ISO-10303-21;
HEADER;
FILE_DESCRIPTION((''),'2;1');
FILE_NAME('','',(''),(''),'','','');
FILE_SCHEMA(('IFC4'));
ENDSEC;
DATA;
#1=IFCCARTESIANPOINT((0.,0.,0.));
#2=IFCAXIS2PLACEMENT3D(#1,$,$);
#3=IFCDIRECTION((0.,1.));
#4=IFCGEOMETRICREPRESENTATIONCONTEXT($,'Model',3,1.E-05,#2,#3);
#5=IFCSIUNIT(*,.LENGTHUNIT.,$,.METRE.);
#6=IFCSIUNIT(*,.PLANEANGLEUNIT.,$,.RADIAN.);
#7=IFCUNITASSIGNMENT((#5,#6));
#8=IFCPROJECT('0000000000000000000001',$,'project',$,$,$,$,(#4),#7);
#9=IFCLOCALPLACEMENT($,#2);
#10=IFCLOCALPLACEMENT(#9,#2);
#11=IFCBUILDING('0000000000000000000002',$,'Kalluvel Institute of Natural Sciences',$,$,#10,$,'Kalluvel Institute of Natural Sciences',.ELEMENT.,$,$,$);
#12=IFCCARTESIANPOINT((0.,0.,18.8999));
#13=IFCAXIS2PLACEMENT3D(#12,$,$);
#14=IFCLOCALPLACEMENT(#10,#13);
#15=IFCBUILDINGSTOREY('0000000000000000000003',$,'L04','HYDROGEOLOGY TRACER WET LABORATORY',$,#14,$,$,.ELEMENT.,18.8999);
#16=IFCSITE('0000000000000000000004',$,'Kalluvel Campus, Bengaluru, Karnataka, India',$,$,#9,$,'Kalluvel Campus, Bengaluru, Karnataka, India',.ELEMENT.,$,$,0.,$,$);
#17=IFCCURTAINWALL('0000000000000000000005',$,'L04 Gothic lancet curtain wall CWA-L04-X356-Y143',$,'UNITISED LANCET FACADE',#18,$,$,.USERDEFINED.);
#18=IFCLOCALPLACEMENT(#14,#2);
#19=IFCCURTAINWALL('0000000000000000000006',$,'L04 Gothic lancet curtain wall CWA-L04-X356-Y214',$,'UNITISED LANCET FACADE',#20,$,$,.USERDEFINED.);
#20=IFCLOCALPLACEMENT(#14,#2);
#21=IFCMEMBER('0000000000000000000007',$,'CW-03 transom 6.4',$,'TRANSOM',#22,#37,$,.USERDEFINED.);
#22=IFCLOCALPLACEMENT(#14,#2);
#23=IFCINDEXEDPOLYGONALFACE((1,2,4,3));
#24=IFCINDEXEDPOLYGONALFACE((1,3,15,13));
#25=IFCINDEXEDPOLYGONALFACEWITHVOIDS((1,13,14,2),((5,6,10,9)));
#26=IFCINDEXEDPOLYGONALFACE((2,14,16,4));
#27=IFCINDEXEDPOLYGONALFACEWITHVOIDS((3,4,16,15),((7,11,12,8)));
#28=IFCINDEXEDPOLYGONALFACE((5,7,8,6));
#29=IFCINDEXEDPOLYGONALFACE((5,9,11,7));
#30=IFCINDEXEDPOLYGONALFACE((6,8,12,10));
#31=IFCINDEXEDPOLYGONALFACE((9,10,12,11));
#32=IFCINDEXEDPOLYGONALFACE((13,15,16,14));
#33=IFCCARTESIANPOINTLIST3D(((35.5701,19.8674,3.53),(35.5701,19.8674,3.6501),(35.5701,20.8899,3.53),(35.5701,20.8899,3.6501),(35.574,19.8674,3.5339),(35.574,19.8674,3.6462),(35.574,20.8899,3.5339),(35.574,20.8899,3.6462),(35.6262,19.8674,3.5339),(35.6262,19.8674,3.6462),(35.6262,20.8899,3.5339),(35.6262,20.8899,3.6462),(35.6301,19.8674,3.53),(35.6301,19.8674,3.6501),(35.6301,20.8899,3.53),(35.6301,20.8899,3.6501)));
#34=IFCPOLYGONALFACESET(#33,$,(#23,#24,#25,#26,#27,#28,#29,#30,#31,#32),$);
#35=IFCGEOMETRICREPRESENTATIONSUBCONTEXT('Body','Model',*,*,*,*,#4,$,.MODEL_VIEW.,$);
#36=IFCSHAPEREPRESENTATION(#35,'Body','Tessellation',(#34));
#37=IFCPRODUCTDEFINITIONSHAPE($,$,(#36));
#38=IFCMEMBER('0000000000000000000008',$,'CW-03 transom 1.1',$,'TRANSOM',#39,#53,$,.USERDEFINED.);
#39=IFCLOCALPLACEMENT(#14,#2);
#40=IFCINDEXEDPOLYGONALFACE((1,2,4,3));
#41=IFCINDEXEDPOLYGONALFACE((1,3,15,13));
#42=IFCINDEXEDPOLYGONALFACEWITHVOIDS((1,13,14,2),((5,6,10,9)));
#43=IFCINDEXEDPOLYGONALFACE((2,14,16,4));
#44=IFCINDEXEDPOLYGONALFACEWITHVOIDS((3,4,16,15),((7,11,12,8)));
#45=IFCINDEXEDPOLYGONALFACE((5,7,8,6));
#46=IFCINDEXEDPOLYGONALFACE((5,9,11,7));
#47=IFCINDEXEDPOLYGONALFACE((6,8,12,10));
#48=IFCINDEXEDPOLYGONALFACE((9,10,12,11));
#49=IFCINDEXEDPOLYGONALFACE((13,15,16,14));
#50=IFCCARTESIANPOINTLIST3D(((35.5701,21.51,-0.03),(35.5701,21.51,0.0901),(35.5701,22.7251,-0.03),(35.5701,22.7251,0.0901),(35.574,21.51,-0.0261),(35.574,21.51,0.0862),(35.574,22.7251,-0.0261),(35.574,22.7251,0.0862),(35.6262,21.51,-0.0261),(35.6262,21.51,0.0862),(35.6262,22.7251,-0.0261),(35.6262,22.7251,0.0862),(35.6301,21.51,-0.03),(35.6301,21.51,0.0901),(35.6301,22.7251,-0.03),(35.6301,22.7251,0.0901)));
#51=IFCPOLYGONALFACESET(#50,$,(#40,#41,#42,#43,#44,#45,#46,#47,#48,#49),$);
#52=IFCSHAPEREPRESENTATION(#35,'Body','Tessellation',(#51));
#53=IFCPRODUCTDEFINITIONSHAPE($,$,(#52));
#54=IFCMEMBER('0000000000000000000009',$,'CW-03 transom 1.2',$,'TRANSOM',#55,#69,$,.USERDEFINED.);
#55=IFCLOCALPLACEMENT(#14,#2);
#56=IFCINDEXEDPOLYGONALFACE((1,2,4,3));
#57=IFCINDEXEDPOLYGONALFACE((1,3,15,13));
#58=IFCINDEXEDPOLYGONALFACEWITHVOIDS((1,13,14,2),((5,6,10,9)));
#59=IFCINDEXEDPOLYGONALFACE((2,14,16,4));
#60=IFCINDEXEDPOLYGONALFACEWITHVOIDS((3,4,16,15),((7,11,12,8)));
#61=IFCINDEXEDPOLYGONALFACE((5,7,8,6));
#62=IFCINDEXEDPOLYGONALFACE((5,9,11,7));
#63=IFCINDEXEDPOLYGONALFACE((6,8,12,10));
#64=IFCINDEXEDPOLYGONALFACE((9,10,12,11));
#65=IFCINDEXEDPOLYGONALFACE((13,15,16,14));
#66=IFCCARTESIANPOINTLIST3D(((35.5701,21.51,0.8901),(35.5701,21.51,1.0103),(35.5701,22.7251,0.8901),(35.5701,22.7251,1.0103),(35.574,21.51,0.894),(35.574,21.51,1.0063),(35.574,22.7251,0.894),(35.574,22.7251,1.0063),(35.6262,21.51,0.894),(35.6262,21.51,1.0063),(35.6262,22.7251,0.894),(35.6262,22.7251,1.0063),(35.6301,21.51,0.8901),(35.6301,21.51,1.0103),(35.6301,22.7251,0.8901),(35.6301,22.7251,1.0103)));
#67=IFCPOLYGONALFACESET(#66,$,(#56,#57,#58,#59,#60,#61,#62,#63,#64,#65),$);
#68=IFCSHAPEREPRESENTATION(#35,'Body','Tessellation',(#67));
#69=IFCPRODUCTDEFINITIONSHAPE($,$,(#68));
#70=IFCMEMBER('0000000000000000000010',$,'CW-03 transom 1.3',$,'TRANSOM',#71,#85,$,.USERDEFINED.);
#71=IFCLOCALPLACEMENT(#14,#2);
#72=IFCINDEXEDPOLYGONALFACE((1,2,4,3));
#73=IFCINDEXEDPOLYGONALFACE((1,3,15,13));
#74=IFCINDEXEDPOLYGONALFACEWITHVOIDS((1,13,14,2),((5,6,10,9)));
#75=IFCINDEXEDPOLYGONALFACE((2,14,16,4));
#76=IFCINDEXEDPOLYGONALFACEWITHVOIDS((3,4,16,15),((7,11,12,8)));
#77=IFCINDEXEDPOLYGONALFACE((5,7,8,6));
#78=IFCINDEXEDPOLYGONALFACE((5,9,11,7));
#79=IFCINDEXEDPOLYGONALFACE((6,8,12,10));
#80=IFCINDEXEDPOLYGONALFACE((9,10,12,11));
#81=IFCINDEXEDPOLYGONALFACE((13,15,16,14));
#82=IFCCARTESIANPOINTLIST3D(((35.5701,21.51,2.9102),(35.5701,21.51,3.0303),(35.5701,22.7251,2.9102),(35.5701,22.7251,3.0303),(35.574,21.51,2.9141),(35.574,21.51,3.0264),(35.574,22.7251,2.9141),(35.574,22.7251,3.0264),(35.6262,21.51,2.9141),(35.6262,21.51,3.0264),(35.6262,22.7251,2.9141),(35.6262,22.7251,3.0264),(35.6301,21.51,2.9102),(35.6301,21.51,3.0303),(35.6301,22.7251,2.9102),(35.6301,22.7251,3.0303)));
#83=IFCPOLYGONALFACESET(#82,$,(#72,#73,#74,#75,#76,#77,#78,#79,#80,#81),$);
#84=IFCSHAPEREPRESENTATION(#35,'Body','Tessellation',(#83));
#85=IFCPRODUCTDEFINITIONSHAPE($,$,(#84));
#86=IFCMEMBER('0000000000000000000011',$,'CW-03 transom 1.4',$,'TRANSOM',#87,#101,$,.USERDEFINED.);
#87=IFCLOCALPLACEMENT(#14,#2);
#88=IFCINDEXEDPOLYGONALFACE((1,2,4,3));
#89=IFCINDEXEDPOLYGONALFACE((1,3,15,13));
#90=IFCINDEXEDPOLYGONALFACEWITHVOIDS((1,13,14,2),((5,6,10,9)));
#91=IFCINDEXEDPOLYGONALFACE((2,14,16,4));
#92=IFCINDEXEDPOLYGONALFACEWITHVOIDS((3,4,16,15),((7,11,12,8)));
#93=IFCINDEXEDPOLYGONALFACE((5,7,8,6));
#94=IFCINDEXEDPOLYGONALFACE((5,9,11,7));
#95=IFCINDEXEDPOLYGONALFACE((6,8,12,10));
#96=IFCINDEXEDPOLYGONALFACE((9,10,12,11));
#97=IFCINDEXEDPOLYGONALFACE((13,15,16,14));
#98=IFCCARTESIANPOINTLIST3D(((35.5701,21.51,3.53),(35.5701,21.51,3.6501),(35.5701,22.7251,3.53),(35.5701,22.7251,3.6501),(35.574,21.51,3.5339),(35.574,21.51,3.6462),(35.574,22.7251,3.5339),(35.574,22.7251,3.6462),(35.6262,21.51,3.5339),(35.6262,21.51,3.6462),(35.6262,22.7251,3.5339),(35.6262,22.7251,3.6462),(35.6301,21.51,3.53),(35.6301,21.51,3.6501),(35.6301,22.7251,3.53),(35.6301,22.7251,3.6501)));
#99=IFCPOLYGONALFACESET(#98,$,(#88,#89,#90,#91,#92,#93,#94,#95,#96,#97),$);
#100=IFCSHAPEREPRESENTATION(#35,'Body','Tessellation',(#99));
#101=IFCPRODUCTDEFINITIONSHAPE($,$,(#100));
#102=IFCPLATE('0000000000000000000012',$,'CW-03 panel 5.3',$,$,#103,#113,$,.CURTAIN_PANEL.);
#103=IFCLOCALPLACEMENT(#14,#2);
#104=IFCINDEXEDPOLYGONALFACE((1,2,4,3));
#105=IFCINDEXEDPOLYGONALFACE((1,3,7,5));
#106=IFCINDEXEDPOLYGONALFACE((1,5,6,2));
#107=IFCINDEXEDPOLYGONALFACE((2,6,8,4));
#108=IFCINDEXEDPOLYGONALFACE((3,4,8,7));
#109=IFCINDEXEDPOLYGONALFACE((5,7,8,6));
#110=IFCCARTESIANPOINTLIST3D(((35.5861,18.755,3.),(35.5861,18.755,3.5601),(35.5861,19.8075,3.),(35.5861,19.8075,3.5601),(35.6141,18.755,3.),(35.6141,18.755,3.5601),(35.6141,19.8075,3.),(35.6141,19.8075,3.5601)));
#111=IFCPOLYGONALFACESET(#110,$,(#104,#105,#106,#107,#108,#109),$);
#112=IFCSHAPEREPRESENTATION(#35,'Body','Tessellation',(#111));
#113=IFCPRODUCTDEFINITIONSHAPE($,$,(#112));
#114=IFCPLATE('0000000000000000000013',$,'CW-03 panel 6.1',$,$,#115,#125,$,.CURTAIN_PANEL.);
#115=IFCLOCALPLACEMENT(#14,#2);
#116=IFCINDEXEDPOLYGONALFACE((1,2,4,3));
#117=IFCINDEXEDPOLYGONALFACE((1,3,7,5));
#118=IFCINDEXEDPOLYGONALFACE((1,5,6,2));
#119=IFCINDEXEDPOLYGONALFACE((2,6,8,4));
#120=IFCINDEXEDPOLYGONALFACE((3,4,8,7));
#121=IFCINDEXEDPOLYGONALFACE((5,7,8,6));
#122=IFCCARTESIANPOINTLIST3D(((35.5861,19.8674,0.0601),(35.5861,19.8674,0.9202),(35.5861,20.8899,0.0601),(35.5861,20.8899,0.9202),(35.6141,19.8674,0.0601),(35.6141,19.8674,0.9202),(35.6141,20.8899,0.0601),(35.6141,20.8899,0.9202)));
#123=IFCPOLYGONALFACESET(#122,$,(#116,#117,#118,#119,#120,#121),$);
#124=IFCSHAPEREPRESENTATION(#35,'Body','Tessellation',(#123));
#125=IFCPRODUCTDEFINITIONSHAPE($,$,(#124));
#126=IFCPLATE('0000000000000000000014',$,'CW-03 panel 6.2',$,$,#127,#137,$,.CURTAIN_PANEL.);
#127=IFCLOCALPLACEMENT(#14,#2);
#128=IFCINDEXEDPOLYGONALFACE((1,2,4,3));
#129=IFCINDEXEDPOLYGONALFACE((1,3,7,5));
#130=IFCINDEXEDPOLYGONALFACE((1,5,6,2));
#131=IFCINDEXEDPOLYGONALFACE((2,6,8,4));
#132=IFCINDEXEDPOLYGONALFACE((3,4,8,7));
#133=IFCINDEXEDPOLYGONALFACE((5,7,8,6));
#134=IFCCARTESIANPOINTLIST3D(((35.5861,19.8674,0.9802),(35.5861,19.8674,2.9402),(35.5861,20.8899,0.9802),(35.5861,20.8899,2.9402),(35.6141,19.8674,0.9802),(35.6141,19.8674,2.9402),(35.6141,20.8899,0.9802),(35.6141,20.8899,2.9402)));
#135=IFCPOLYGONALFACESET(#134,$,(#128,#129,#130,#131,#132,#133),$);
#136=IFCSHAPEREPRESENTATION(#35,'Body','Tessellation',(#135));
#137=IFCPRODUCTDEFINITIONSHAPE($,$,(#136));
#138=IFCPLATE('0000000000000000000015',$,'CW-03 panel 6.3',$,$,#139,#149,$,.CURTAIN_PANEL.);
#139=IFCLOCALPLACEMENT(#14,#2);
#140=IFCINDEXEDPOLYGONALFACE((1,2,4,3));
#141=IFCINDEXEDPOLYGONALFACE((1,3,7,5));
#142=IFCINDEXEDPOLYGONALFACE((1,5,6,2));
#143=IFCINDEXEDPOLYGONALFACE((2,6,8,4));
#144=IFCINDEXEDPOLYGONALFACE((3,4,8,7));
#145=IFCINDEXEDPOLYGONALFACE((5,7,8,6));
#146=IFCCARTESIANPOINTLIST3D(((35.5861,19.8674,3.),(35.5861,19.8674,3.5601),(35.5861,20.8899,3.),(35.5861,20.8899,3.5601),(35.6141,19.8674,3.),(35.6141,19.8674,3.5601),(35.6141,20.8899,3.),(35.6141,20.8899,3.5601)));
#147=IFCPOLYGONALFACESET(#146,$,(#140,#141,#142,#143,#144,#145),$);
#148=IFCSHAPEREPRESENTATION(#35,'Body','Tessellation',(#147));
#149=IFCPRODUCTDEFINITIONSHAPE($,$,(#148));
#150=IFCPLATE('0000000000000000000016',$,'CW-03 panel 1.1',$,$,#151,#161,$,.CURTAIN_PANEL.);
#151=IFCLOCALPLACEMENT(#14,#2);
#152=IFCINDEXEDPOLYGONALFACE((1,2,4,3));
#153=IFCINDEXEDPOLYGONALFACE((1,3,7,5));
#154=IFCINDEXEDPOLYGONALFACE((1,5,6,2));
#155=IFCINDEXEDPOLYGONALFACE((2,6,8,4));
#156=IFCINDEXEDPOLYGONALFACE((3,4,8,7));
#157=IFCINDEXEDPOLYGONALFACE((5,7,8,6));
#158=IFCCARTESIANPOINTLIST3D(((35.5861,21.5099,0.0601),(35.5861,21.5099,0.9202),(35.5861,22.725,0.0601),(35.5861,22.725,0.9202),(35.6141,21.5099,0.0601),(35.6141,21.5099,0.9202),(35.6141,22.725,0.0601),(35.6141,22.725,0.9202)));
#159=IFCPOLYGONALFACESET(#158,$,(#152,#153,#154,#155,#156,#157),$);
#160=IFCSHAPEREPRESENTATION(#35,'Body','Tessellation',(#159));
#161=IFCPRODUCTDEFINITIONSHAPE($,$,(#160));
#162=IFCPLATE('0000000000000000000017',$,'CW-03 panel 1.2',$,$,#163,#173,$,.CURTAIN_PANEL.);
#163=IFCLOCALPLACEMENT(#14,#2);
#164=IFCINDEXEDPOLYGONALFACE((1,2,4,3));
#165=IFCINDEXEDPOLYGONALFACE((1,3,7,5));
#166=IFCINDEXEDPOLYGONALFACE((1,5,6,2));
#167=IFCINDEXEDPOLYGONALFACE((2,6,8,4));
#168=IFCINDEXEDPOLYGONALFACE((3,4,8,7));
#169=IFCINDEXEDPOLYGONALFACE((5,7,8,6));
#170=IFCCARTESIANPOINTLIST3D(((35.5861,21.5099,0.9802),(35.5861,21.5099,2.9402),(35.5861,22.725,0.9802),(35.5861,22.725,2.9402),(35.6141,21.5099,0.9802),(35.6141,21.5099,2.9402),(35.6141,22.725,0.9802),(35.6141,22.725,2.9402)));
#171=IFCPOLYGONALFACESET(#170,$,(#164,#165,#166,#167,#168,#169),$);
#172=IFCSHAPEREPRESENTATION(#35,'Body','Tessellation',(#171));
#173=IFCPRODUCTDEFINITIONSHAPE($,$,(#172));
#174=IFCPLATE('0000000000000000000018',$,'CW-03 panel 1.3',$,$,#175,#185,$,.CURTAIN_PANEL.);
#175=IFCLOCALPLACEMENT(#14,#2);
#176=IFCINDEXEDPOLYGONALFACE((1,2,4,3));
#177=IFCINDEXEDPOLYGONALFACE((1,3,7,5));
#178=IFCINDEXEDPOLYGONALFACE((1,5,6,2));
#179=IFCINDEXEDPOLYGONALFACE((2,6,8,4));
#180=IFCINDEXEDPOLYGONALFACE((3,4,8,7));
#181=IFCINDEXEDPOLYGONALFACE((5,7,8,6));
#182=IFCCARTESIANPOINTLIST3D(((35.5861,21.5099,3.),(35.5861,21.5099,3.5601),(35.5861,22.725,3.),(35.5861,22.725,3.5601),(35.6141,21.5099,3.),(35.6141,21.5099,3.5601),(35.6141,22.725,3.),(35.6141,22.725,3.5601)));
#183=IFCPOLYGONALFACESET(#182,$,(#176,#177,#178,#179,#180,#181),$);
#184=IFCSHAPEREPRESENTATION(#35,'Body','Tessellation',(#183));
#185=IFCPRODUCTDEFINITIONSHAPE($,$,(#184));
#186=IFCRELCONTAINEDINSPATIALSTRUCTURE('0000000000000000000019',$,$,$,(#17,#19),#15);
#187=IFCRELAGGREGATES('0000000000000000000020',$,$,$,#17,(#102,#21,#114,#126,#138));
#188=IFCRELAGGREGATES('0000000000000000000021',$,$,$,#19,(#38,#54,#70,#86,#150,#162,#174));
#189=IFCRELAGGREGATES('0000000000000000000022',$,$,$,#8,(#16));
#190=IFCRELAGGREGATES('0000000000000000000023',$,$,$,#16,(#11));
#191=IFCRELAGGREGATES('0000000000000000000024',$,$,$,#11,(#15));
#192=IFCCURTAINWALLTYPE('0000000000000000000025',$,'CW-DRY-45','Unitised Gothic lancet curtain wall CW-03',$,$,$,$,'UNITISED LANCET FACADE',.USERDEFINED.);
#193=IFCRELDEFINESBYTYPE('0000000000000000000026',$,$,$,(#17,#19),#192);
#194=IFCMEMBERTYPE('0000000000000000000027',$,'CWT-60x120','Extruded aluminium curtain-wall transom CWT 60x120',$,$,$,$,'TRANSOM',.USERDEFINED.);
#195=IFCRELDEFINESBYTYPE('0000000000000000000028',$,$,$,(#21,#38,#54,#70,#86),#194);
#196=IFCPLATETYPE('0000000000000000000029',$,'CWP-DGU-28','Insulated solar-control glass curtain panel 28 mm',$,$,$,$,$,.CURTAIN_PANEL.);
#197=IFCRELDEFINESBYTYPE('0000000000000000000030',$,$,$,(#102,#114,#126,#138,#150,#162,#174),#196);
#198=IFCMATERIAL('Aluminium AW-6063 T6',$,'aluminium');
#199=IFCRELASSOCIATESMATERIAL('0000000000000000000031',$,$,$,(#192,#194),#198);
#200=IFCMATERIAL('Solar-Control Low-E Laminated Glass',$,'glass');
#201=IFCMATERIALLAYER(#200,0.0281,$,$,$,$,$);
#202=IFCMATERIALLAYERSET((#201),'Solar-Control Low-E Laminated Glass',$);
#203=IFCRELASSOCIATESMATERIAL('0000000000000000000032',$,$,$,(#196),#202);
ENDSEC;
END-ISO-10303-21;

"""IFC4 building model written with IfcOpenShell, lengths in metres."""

from ifc_helpers import new_model, si_unit, direction, frame, origin, origin_2d, place, context, subcontext, project, spatial, rectangle, hollow_rectangle, extrude, material, layer, layer_set, material_profile, profile_set, type_object, element, aggregate, save


model = new_model("IFC4")

# Units and contexts
model_context = context("Model", 3, precision=1e-05, world=origin(), true_north=direction((0.0, 1.0)))
body_context = subcontext(model_context, "Body", "Model", "MODEL_VIEW")
ifc_project = project(units=[si_unit("LENGTHUNIT", "METRE"), si_unit("PLANEANGLEUNIT", "RADIAN")], contexts=[model_context])

# Site, building, storey
site_placement = place(None, origin())
site = spatial("IfcSite", under=ifc_project, at=site_placement, Name="Kalluvel Campus, Bengaluru, Karnataka, India", LongName="Kalluvel Campus, Bengaluru, Karnataka, India", CompositionType="ELEMENT", RefElevation=0.0)
building_placement = place(site_placement, origin())
building = spatial("IfcBuilding", under=site, at=building_placement, Name="Kalluvel Institute of Natural Sciences", LongName="Kalluvel Institute of Natural Sciences", CompositionType="ELEMENT")
storey_placement = place(building_placement, frame((0.0, 0.0, 18.8999)))
storey = spatial("IfcBuildingStorey", under=building, at=storey_placement, Name="L04", Description="HYDROGEOLOGY TRACER WET LABORATORY", CompositionType="ELEMENT", Elevation=18.8999)

# Curtain walls
ifc_material_1 = material(Name="Aluminium AW-6063 T6", Category="aluminium")
curtain_wall_type = type_object("IfcCurtainWallType", Name="CW-DRY-45", Description="Unitised Gothic lancet curtain wall CW-03", ElementType="UNITISED LANCET FACADE", PredefinedType="USERDEFINED", material=ifc_material_1)
curtain_wall_1_placement = place(storey_placement, origin())
curtain_wall_1 = element("IfcCurtainWall", 1, at=curtain_wall_1_placement, inside=storey, type_object=curtain_wall_type, Name="L04 Gothic lancet curtain wall CWA-L04-X356-Y143", ObjectType="UNITISED LANCET FACADE", PredefinedType="USERDEFINED")
curtain_wall_2_placement = place(storey_placement, origin())
curtain_wall_2 = element("IfcCurtainWall", 2, at=curtain_wall_2_placement, inside=storey, type_object=curtain_wall_type, Name="L04 Gothic lancet curtain wall CWA-L04-X356-Y214", ObjectType="UNITISED LANCET FACADE", PredefinedType="USERDEFINED")

# Members
ifc_material_profile_1 = material_profile(ifc_material_1, hollow_rectangle(XDim=0.0601, YDim=0.1201, WallThickness=0.0039, at=origin_2d()), Name="CWT 60x120")
ifc_profile_set_1 = profile_set([ifc_material_profile_1], Name="Aluminium AW-6063 T6")
member_type_1 = type_object("IfcMemberType", Name="CWT-60x120", Description="Extruded aluminium curtain-wall transom CWT 60x120", ElementType="TRANSOM", PredefinedType="USERDEFINED", material=ifc_profile_set_1)
member_1_placement = place(storey_placement, frame((35.6001, 19.8674, 3.5901), z_axis=(0.0, 1.0, 0.0), x_axis=(-1.0, 0.0, 0.0)))
member_1 = element("IfcMember", 3, at=member_1_placement, type_object=member_type_1, Name="CW-03 transom 6.4", ObjectType="TRANSOM", PredefinedType="USERDEFINED", context=body_context, shape_type="SweptSolid", body=[
    extrude(hollow_rectangle(XDim=0.0601, YDim=0.1201, WallThickness=0.0039, at=origin_2d()), origin(), (0.0, 0.0, 1.0), 1.0225),
])
member_2_placement = place(storey_placement, frame((35.6001, 21.51, 0.03), z_axis=(0.0, 1.0, 0.0), x_axis=(-1.0, 0.0, 0.0)))
member_2 = element("IfcMember", 4, at=member_2_placement, type_object=member_type_1, Name="CW-03 transom 1.1", ObjectType="TRANSOM", PredefinedType="USERDEFINED", context=body_context, shape_type="SweptSolid", body=[
    extrude(hollow_rectangle(XDim=0.0601, YDim=0.1201, WallThickness=0.0039, at=origin_2d()), origin(), (0.0, 0.0, 1.0), 1.2151),
])
member_3_placement = place(storey_placement, frame((35.6001, 21.51, 0.9502), z_axis=(0.0, 1.0, 0.0), x_axis=(-1.0, 0.0, 0.0)))
member_3 = element("IfcMember", 5, at=member_3_placement, type_object=member_type_1, Name="CW-03 transom 1.2", ObjectType="TRANSOM", PredefinedType="USERDEFINED", context=body_context, shape_type="SweptSolid", body=[
    extrude(hollow_rectangle(XDim=0.0601, YDim=0.1201, WallThickness=0.0039, at=origin_2d()), origin(), (0.0, 0.0, 1.0), 1.2151),
])
member_4_placement = place(storey_placement, frame((35.6001, 21.51, 2.9702), z_axis=(0.0, 1.0, 0.0), x_axis=(-1.0, 0.0, 0.0)))
member_4 = element("IfcMember", 6, at=member_4_placement, type_object=member_type_1, Name="CW-03 transom 1.3", ObjectType="TRANSOM", PredefinedType="USERDEFINED", context=body_context, shape_type="SweptSolid", body=[
    extrude(hollow_rectangle(XDim=0.0601, YDim=0.1201, WallThickness=0.0039, at=origin_2d()), origin(), (0.0, 0.0, 1.0), 1.2151),
])
member_5_placement = place(storey_placement, frame((35.6001, 21.51, 3.5901), z_axis=(0.0, 1.0, 0.0), x_axis=(-1.0, 0.0, 0.0)))
member_5 = element("IfcMember", 7, at=member_5_placement, type_object=member_type_1, Name="CW-03 transom 1.4", ObjectType="TRANSOM", PredefinedType="USERDEFINED", context=body_context, shape_type="SweptSolid", body=[
    extrude(hollow_rectangle(XDim=0.0601, YDim=0.1201, WallThickness=0.0039, at=origin_2d()), origin(), (0.0, 0.0, 1.0), 1.2151),
])

# Plates
ifc_material_2 = material(Name="Solar-Control Low-E Laminated Glass", Category="glass")
ifc_layer = layer(ifc_material_2, 0.0281)
ifc_layer_set = layer_set([ifc_layer], Name="Solar-Control Low-E Laminated Glass")
plate_type = type_object("IfcPlateType", Name="CWP-DGU-28", Description="Insulated solar-control glass curtain panel 28 mm", PredefinedType="CURTAIN_PANEL", material=ifc_layer_set)
plate_1_placement = place(storey_placement, frame((35.6001, 19.2812, 3.0), z_axis=(0.0, 0.0, 1.0), x_axis=(0.0, 1.0, 0.0)))
plate_1 = element("IfcPlate", 8, at=plate_1_placement, type_object=plate_type, Name="CW-03 panel 5.3", PredefinedType="CURTAIN_PANEL", context=body_context, shape_type="SweptSolid", body=[
    extrude(rectangle(XDim=1.0525, YDim=0.0281, at=origin_2d()), origin(), (0.0, 0.0, 1.0), 0.5601),
])
plate_2_placement = place(storey_placement, frame((35.6001, 20.3787, 0.0601), z_axis=(0.0, 0.0, 1.0), x_axis=(0.0, 1.0, 0.0)))
plate_2 = element("IfcPlate", 9, at=plate_2_placement, type_object=plate_type, Name="CW-03 panel 6.1", PredefinedType="CURTAIN_PANEL", context=body_context, shape_type="SweptSolid", body=[
    extrude(rectangle(XDim=1.0225, YDim=0.0281, at=origin_2d()), origin(), (0.0, 0.0, 1.0), 0.8601),
])
plate_3_placement = place(storey_placement, frame((35.6001, 20.3787, 0.9802), z_axis=(0.0, 0.0, 1.0), x_axis=(0.0, 1.0, 0.0)))
plate_3 = element("IfcPlate", 10, at=plate_3_placement, type_object=plate_type, Name="CW-03 panel 6.2", PredefinedType="CURTAIN_PANEL", context=body_context, shape_type="SweptSolid", body=[
    extrude(rectangle(XDim=1.0225, YDim=0.0281, at=origin_2d()), origin(), (0.0, 0.0, 1.0), 1.96),
])
plate_4_placement = place(storey_placement, frame((35.6001, 20.3787, 3.0), z_axis=(0.0, 0.0, 1.0), x_axis=(0.0, 1.0, 0.0)))
plate_4 = element("IfcPlate", 11, at=plate_4_placement, type_object=plate_type, Name="CW-03 panel 6.3", PredefinedType="CURTAIN_PANEL", context=body_context, shape_type="SweptSolid", body=[
    extrude(rectangle(XDim=1.0225, YDim=0.0281, at=origin_2d()), origin(), (0.0, 0.0, 1.0), 0.5601),
])
aggregate(curtain_wall_1, [plate_1, member_1, plate_2, plate_3, plate_4])
plate_5_placement = place(storey_placement, frame((35.6001, 22.1174, 0.0601), z_axis=(0.0, 0.0, 1.0), x_axis=(0.0, 1.0, 0.0)))
plate_5 = element("IfcPlate", 12, at=plate_5_placement, type_object=plate_type, Name="CW-03 panel 1.1", PredefinedType="CURTAIN_PANEL", context=body_context, shape_type="SweptSolid", body=[
    extrude(rectangle(XDim=1.2151, YDim=0.0281, at=origin_2d()), origin(), (0.0, 0.0, 1.0), 0.8601),
])
plate_6_placement = place(storey_placement, frame((35.6001, 22.1174, 0.9802), z_axis=(0.0, 0.0, 1.0), x_axis=(0.0, 1.0, 0.0)))
plate_6 = element("IfcPlate", 13, at=plate_6_placement, type_object=plate_type, Name="CW-03 panel 1.2", PredefinedType="CURTAIN_PANEL", context=body_context, shape_type="SweptSolid", body=[
    extrude(rectangle(XDim=1.2151, YDim=0.0281, at=origin_2d()), origin(), (0.0, 0.0, 1.0), 1.96),
])
plate_7_placement = place(storey_placement, frame((35.6001, 22.1174, 3.0), z_axis=(0.0, 0.0, 1.0), x_axis=(0.0, 1.0, 0.0)))
plate_7 = element("IfcPlate", 14, at=plate_7_placement, type_object=plate_type, Name="CW-03 panel 1.3", PredefinedType="CURTAIN_PANEL", context=body_context, shape_type="SweptSolid", body=[
    extrude(rectangle(XDim=1.2151, YDim=0.0281, at=origin_2d()), origin(), (0.0, 0.0, 1.0), 0.5601),
])
aggregate(curtain_wall_2, [member_2, member_3, member_4, member_5, plate_5, plate_6, plate_7])

save(model, "model.ifc")
